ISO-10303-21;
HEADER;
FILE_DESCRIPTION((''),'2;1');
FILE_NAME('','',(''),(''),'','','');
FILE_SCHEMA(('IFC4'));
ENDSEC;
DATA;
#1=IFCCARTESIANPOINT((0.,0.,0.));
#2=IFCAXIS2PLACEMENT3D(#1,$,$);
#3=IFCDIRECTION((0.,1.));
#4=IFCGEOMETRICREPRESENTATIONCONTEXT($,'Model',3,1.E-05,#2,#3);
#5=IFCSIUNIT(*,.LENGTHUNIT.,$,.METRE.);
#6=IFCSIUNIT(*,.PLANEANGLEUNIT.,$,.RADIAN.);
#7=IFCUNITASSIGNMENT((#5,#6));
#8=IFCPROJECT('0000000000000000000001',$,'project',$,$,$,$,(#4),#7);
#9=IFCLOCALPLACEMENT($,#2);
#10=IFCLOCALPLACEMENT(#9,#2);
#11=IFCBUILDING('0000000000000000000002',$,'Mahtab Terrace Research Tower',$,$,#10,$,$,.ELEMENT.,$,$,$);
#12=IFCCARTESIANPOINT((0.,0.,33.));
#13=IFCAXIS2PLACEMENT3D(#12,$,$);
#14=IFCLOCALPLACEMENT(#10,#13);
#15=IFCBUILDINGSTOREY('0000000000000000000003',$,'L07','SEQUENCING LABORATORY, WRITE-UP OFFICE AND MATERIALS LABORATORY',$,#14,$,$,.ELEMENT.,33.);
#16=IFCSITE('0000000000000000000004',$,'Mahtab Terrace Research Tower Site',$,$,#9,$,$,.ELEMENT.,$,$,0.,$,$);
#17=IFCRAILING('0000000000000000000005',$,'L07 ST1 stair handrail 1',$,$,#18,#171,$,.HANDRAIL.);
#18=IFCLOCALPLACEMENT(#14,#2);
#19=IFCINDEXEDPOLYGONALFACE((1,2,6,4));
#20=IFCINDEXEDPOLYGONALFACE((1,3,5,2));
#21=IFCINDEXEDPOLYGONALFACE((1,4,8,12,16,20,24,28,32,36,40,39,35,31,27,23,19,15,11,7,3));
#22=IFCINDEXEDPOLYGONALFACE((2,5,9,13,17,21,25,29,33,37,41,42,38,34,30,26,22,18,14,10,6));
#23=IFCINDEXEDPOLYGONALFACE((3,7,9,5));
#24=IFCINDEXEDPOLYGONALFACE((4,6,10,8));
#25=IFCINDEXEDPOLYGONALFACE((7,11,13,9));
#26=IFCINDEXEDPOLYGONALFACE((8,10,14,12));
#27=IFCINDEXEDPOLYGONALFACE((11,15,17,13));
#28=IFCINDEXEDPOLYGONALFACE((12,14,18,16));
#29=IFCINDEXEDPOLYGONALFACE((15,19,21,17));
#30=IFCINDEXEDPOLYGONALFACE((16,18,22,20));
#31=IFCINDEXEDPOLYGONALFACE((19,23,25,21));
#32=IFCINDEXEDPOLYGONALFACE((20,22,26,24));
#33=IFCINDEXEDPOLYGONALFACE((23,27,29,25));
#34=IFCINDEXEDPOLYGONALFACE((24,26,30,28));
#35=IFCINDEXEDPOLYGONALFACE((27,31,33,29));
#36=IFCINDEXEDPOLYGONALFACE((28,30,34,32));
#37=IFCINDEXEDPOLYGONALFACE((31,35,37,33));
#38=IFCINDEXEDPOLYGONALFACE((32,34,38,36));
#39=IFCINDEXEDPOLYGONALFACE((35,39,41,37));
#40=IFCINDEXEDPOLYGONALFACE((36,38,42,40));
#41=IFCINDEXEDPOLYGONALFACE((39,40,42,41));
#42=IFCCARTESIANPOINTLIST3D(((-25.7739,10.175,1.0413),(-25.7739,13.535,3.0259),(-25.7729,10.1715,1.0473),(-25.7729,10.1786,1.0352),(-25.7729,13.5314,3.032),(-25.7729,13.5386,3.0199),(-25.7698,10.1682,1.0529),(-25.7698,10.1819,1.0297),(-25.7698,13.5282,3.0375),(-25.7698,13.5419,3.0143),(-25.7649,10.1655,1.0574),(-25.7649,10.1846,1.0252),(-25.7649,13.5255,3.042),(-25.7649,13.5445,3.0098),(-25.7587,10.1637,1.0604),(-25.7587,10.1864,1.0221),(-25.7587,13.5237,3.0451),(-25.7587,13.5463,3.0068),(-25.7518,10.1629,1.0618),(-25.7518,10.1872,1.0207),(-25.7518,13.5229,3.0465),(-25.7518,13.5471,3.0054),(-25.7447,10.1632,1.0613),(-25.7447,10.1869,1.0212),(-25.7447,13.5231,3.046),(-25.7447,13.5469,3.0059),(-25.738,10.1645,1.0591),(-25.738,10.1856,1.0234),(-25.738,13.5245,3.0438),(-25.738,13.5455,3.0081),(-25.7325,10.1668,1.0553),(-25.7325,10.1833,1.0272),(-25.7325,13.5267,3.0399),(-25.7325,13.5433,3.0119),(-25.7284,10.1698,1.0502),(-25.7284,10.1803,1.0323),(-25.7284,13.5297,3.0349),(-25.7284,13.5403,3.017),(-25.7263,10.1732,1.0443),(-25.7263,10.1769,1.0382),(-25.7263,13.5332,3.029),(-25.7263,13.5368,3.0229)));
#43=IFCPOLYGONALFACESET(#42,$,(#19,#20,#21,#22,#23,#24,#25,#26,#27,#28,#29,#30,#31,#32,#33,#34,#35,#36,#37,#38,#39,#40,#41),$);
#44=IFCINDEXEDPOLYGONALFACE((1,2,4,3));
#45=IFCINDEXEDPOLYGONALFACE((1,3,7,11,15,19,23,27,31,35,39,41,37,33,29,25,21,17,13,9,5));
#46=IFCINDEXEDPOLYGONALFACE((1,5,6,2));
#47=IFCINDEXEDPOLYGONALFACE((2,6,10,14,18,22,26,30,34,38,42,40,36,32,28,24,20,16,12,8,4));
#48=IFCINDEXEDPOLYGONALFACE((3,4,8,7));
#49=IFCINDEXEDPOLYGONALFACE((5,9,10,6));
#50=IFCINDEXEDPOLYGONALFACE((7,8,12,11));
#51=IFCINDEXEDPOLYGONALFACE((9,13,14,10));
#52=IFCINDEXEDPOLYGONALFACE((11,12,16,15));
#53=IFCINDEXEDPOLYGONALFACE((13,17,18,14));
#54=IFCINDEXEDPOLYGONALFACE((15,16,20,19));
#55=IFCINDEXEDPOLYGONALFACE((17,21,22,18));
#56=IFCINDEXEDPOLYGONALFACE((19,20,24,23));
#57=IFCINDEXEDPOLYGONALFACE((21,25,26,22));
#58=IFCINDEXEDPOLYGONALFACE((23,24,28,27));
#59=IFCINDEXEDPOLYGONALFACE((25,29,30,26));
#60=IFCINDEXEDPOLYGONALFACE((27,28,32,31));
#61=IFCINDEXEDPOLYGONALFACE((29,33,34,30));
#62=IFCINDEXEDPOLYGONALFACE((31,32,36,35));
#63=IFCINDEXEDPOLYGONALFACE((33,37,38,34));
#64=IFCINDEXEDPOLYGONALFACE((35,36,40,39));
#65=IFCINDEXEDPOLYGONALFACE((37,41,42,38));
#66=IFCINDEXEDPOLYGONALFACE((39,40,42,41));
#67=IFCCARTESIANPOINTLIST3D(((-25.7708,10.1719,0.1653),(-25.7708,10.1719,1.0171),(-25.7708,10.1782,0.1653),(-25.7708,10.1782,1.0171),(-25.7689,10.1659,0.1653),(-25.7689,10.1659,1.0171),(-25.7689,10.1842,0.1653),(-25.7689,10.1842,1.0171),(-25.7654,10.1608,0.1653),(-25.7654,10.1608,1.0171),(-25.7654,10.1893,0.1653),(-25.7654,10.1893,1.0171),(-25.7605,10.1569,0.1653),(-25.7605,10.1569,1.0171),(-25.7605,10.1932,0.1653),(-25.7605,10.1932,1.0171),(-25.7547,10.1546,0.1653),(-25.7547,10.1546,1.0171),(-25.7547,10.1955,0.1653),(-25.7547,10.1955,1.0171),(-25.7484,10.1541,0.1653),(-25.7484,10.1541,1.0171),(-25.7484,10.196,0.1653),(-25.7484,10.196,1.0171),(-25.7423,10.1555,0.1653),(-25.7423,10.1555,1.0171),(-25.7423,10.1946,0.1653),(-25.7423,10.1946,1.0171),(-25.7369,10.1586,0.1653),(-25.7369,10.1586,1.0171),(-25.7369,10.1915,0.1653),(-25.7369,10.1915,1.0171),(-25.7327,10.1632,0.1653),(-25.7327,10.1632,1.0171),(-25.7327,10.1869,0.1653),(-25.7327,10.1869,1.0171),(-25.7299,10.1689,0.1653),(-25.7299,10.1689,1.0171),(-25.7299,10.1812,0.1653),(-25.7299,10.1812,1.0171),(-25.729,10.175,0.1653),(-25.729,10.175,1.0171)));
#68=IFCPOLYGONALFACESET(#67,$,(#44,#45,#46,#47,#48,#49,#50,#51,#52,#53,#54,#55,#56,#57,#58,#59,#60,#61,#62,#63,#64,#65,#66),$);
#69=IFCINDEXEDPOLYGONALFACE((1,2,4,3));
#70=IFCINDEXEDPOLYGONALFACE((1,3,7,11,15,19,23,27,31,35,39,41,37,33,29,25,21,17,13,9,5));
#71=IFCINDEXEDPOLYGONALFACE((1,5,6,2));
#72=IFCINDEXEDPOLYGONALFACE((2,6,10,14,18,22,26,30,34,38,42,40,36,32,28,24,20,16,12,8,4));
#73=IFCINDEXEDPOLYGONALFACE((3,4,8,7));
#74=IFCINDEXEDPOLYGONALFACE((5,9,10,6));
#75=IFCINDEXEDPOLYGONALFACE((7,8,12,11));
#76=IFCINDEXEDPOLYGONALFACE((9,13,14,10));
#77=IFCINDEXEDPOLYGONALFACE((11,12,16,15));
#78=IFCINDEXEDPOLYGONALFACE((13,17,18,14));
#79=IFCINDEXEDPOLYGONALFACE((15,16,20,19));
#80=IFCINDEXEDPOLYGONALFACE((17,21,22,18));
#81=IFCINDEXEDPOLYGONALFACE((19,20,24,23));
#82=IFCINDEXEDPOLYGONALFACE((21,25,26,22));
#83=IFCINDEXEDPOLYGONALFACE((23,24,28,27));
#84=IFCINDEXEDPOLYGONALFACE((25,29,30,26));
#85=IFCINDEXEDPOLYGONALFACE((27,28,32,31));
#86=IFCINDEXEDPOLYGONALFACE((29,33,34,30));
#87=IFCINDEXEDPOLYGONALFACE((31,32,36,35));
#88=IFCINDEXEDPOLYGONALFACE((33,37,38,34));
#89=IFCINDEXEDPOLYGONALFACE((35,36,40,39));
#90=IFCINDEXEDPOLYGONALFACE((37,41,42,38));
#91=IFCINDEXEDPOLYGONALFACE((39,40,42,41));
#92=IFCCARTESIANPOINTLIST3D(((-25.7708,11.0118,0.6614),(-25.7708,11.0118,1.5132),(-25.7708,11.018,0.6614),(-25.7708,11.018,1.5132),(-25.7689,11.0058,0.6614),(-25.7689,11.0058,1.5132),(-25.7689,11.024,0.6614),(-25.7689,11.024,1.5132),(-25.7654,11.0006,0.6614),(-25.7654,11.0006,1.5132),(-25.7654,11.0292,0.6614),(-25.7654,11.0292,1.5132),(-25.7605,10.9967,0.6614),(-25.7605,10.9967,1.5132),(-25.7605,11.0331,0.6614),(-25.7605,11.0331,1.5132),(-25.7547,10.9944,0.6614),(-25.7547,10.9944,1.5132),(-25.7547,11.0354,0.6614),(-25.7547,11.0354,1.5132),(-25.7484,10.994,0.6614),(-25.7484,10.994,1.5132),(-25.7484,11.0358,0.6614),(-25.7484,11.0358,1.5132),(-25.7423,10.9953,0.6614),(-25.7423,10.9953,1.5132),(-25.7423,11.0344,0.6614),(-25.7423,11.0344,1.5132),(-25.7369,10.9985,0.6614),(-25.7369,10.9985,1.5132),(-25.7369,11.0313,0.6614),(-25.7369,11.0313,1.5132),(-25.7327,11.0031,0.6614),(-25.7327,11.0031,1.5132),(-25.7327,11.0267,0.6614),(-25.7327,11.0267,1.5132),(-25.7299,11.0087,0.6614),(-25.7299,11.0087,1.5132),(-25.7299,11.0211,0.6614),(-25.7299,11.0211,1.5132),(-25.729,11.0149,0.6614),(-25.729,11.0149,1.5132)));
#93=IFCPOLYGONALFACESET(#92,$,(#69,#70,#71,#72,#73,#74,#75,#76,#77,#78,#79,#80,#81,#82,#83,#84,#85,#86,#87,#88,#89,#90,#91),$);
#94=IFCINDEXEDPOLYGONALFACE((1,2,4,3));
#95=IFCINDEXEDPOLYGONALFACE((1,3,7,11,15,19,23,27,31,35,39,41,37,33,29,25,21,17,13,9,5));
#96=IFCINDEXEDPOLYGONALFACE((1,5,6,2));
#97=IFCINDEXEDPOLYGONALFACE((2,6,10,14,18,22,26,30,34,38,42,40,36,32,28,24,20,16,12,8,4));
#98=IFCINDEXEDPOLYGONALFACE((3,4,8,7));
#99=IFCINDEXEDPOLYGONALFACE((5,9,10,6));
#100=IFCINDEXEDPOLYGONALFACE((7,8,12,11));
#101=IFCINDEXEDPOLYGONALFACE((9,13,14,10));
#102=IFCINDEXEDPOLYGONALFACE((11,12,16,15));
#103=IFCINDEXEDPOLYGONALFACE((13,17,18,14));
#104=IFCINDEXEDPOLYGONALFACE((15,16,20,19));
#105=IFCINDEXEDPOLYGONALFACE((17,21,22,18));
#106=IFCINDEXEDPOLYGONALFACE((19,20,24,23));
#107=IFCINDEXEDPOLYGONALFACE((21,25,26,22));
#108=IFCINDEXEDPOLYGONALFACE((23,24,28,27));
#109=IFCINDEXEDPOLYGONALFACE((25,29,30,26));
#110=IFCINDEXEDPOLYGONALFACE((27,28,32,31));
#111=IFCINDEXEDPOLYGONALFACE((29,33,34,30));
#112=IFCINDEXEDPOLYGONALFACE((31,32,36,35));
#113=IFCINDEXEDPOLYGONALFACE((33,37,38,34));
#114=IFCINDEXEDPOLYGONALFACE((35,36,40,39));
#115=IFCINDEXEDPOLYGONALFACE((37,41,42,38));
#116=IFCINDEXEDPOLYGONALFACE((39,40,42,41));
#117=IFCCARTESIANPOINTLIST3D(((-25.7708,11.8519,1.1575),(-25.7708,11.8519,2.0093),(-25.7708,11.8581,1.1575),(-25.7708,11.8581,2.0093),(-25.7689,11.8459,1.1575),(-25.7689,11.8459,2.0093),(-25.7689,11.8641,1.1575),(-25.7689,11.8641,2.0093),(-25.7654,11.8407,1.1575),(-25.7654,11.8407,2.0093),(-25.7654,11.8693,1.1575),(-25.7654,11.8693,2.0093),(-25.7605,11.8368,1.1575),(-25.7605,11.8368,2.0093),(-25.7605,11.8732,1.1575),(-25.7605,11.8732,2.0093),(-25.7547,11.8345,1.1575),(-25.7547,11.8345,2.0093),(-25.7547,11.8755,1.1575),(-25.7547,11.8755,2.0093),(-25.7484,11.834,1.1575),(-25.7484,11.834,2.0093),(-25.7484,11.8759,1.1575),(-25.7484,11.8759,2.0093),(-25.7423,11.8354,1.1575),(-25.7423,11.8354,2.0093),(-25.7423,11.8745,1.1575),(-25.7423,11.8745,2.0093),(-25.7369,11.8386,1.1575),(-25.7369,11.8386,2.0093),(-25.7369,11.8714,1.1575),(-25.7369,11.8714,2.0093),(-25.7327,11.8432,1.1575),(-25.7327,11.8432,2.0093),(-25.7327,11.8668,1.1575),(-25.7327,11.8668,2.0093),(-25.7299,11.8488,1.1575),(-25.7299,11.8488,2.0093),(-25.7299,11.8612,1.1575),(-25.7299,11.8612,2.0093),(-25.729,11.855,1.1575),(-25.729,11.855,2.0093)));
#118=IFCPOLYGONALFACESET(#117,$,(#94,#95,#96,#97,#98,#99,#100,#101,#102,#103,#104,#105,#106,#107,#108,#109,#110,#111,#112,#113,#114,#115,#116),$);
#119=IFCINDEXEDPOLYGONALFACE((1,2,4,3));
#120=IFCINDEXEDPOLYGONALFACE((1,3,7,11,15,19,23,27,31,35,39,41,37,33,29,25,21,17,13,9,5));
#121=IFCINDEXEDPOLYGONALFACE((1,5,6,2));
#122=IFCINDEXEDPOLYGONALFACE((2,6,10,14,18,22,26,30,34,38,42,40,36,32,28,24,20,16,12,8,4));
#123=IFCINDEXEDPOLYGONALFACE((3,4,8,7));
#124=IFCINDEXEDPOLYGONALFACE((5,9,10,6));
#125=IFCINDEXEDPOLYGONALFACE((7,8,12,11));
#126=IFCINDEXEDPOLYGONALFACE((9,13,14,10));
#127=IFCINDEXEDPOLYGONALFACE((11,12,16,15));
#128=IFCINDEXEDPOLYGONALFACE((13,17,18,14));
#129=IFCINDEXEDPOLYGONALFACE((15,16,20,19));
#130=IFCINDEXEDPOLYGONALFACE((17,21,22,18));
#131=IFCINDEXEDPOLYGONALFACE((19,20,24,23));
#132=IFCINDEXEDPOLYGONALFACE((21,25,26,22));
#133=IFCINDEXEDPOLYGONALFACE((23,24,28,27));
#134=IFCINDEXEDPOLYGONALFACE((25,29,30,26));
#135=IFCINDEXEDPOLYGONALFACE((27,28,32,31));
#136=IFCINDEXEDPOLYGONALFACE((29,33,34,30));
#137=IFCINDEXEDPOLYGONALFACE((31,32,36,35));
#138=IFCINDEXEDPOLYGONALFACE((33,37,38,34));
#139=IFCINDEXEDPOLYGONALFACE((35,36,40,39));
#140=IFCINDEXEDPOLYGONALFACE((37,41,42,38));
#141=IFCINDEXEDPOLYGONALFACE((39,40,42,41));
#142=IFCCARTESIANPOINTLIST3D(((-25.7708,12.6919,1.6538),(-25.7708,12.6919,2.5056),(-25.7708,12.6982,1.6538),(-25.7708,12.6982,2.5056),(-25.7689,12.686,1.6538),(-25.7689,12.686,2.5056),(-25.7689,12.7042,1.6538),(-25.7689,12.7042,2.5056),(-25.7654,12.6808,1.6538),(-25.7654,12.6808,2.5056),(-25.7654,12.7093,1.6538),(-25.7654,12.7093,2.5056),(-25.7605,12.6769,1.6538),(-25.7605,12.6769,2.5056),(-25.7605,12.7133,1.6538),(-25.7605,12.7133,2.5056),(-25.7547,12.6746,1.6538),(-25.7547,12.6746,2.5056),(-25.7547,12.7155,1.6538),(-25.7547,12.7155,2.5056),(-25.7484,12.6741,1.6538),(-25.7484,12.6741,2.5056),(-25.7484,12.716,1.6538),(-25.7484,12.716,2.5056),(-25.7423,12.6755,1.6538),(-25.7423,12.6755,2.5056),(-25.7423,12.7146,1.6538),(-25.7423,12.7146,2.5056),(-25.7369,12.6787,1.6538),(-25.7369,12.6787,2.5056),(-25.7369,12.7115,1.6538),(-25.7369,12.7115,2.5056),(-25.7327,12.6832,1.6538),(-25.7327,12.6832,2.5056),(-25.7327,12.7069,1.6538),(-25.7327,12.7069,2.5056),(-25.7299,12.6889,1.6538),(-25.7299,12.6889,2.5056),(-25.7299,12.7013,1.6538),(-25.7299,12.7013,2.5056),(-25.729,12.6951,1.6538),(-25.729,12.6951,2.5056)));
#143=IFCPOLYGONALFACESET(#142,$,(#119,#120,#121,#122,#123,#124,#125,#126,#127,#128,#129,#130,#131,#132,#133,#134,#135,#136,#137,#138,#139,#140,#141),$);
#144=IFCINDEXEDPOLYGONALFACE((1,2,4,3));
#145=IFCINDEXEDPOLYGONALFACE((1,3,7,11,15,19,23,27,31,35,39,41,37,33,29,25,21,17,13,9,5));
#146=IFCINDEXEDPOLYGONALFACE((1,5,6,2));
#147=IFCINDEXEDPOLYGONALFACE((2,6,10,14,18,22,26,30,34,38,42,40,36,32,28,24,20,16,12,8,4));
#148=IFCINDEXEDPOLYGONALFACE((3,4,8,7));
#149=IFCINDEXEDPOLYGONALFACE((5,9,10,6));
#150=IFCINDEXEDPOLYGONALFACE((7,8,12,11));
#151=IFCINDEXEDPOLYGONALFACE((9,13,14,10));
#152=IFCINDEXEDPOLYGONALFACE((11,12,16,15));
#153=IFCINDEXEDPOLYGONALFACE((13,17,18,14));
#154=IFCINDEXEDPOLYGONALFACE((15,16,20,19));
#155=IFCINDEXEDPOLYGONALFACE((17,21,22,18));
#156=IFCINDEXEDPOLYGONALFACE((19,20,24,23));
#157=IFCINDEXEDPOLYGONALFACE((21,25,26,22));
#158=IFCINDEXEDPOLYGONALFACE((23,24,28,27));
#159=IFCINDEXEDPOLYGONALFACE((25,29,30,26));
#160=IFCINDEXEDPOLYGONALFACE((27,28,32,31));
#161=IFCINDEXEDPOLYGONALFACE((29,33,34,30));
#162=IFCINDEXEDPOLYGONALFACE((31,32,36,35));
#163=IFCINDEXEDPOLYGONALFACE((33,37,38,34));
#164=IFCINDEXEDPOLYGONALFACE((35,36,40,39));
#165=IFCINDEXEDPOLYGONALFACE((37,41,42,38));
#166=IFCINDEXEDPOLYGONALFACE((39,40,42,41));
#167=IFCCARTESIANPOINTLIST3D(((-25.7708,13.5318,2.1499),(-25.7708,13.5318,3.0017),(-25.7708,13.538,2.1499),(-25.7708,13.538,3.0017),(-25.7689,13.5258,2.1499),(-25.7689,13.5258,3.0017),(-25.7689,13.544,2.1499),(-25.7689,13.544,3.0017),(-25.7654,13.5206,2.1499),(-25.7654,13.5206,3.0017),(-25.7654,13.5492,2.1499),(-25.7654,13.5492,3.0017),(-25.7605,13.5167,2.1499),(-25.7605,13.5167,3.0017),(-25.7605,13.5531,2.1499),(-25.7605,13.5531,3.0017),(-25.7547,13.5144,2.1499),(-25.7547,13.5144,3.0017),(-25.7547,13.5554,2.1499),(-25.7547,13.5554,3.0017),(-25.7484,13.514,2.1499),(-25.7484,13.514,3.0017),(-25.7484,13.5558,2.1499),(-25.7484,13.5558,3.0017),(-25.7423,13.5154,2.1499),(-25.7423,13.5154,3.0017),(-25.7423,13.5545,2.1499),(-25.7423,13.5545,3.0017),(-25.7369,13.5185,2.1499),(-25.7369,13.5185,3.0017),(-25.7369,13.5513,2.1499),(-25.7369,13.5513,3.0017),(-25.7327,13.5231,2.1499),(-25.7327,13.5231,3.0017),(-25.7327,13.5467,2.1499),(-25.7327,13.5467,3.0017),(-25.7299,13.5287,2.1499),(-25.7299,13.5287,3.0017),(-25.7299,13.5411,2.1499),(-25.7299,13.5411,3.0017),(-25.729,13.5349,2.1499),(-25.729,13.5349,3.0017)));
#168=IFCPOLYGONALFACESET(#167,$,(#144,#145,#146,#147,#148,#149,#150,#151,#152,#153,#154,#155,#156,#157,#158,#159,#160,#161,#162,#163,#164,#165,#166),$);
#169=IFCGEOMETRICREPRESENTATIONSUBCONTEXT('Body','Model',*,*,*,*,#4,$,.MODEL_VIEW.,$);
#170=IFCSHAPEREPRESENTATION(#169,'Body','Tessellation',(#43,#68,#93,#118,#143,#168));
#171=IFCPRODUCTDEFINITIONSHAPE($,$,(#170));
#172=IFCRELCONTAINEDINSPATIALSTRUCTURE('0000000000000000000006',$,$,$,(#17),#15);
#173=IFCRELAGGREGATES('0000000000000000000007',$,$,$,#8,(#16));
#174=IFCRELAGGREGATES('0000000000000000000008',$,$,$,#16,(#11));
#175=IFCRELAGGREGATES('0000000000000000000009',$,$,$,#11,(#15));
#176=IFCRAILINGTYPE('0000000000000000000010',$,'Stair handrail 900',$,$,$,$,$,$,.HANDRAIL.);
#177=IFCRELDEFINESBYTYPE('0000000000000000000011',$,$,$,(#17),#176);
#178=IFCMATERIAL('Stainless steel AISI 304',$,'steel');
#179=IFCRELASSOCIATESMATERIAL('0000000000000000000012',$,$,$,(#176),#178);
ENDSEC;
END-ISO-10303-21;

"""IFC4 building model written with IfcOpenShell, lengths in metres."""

from ifc_helpers import new_model, si_unit, direction, frame, origin, origin_2d, place, context, subcontext, project, spatial, circle, extrude, material, type_object, element, save


model = new_model("IFC4")

# Units and contexts
model_context = context("Model", 3, precision=1e-05, world=origin(), true_north=direction((0.0, 1.0)))
body_context = subcontext(model_context, "Body", "Model", "MODEL_VIEW")
ifc_project = project(units=[si_unit("LENGTHUNIT", "METRE"), si_unit("PLANEANGLEUNIT", "RADIAN")], contexts=[model_context])

# Site, building, storey
site_placement = place(None, origin())
site = spatial("IfcSite", under=ifc_project, at=site_placement, Name="Mahtab Terrace Research Tower Site", CompositionType="ELEMENT", RefElevation=0.0)
building_placement = place(site_placement, origin())
building = spatial("IfcBuilding", under=site, at=building_placement, Name="Mahtab Terrace Research Tower", CompositionType="ELEMENT")
storey_placement = place(building_placement, frame((0.0, 0.0, 33.0)))
storey = spatial("IfcBuildingStorey", under=building, at=storey_placement, Name="L07", Description="SEQUENCING LABORATORY, WRITE-UP OFFICE AND MATERIALS LABORATORY", CompositionType="ELEMENT", Elevation=33.0)

# Railing
ifc_material_1 = material(Name="Stainless steel AISI 304", Category="steel")
railing_type_1 = type_object("IfcRailingType", Name="Stair handrail 900", PredefinedType="HANDRAIL", material=ifc_material_1)
railing_1_placement = place(storey_placement, frame((-25.75, 10.175, 0.1653)))
element("IfcRailing", 1, at=railing_1_placement, inside=storey, type_object=railing_type_1, Name="L07 ST1 stair handrail 1", PredefinedType="HANDRAIL", context=body_context, shape_type="SweptSolid", body=[
    extrude(circle(Radius=0.0239, at=origin_2d()), frame((0.0, 0.0, 0.876), z_axis=(0.0, 0.861011, 0.508586), x_axis=(-1.0, 0.0, 0.0)), (0.0, 0.0, 1.0), 3.9023),
    extrude(circle(Radius=0.021, at=origin_2d()), origin(), (0.0, 0.0, 1.0), 0.8518),
    extrude(circle(Radius=0.021, at=origin_2d()), frame((0.0, 0.8398, 0.4961)), (0.0, 0.0, 1.0), 0.8518),
    extrude(circle(Radius=0.021, at=origin_2d()), frame((0.0, 1.6799, 0.9922)), (0.0, 0.0, 1.0), 0.8518),
    extrude(circle(Radius=0.021, at=origin_2d()), frame((0.0, 2.52, 1.4885)), (0.0, 0.0, 1.0), 0.8518),
    extrude(circle(Radius=0.021, at=origin_2d()), frame((0.0, 3.3599, 1.9846)), (0.0, 0.0, 1.0), 0.8518),
])

save(model, "model.ifc")
